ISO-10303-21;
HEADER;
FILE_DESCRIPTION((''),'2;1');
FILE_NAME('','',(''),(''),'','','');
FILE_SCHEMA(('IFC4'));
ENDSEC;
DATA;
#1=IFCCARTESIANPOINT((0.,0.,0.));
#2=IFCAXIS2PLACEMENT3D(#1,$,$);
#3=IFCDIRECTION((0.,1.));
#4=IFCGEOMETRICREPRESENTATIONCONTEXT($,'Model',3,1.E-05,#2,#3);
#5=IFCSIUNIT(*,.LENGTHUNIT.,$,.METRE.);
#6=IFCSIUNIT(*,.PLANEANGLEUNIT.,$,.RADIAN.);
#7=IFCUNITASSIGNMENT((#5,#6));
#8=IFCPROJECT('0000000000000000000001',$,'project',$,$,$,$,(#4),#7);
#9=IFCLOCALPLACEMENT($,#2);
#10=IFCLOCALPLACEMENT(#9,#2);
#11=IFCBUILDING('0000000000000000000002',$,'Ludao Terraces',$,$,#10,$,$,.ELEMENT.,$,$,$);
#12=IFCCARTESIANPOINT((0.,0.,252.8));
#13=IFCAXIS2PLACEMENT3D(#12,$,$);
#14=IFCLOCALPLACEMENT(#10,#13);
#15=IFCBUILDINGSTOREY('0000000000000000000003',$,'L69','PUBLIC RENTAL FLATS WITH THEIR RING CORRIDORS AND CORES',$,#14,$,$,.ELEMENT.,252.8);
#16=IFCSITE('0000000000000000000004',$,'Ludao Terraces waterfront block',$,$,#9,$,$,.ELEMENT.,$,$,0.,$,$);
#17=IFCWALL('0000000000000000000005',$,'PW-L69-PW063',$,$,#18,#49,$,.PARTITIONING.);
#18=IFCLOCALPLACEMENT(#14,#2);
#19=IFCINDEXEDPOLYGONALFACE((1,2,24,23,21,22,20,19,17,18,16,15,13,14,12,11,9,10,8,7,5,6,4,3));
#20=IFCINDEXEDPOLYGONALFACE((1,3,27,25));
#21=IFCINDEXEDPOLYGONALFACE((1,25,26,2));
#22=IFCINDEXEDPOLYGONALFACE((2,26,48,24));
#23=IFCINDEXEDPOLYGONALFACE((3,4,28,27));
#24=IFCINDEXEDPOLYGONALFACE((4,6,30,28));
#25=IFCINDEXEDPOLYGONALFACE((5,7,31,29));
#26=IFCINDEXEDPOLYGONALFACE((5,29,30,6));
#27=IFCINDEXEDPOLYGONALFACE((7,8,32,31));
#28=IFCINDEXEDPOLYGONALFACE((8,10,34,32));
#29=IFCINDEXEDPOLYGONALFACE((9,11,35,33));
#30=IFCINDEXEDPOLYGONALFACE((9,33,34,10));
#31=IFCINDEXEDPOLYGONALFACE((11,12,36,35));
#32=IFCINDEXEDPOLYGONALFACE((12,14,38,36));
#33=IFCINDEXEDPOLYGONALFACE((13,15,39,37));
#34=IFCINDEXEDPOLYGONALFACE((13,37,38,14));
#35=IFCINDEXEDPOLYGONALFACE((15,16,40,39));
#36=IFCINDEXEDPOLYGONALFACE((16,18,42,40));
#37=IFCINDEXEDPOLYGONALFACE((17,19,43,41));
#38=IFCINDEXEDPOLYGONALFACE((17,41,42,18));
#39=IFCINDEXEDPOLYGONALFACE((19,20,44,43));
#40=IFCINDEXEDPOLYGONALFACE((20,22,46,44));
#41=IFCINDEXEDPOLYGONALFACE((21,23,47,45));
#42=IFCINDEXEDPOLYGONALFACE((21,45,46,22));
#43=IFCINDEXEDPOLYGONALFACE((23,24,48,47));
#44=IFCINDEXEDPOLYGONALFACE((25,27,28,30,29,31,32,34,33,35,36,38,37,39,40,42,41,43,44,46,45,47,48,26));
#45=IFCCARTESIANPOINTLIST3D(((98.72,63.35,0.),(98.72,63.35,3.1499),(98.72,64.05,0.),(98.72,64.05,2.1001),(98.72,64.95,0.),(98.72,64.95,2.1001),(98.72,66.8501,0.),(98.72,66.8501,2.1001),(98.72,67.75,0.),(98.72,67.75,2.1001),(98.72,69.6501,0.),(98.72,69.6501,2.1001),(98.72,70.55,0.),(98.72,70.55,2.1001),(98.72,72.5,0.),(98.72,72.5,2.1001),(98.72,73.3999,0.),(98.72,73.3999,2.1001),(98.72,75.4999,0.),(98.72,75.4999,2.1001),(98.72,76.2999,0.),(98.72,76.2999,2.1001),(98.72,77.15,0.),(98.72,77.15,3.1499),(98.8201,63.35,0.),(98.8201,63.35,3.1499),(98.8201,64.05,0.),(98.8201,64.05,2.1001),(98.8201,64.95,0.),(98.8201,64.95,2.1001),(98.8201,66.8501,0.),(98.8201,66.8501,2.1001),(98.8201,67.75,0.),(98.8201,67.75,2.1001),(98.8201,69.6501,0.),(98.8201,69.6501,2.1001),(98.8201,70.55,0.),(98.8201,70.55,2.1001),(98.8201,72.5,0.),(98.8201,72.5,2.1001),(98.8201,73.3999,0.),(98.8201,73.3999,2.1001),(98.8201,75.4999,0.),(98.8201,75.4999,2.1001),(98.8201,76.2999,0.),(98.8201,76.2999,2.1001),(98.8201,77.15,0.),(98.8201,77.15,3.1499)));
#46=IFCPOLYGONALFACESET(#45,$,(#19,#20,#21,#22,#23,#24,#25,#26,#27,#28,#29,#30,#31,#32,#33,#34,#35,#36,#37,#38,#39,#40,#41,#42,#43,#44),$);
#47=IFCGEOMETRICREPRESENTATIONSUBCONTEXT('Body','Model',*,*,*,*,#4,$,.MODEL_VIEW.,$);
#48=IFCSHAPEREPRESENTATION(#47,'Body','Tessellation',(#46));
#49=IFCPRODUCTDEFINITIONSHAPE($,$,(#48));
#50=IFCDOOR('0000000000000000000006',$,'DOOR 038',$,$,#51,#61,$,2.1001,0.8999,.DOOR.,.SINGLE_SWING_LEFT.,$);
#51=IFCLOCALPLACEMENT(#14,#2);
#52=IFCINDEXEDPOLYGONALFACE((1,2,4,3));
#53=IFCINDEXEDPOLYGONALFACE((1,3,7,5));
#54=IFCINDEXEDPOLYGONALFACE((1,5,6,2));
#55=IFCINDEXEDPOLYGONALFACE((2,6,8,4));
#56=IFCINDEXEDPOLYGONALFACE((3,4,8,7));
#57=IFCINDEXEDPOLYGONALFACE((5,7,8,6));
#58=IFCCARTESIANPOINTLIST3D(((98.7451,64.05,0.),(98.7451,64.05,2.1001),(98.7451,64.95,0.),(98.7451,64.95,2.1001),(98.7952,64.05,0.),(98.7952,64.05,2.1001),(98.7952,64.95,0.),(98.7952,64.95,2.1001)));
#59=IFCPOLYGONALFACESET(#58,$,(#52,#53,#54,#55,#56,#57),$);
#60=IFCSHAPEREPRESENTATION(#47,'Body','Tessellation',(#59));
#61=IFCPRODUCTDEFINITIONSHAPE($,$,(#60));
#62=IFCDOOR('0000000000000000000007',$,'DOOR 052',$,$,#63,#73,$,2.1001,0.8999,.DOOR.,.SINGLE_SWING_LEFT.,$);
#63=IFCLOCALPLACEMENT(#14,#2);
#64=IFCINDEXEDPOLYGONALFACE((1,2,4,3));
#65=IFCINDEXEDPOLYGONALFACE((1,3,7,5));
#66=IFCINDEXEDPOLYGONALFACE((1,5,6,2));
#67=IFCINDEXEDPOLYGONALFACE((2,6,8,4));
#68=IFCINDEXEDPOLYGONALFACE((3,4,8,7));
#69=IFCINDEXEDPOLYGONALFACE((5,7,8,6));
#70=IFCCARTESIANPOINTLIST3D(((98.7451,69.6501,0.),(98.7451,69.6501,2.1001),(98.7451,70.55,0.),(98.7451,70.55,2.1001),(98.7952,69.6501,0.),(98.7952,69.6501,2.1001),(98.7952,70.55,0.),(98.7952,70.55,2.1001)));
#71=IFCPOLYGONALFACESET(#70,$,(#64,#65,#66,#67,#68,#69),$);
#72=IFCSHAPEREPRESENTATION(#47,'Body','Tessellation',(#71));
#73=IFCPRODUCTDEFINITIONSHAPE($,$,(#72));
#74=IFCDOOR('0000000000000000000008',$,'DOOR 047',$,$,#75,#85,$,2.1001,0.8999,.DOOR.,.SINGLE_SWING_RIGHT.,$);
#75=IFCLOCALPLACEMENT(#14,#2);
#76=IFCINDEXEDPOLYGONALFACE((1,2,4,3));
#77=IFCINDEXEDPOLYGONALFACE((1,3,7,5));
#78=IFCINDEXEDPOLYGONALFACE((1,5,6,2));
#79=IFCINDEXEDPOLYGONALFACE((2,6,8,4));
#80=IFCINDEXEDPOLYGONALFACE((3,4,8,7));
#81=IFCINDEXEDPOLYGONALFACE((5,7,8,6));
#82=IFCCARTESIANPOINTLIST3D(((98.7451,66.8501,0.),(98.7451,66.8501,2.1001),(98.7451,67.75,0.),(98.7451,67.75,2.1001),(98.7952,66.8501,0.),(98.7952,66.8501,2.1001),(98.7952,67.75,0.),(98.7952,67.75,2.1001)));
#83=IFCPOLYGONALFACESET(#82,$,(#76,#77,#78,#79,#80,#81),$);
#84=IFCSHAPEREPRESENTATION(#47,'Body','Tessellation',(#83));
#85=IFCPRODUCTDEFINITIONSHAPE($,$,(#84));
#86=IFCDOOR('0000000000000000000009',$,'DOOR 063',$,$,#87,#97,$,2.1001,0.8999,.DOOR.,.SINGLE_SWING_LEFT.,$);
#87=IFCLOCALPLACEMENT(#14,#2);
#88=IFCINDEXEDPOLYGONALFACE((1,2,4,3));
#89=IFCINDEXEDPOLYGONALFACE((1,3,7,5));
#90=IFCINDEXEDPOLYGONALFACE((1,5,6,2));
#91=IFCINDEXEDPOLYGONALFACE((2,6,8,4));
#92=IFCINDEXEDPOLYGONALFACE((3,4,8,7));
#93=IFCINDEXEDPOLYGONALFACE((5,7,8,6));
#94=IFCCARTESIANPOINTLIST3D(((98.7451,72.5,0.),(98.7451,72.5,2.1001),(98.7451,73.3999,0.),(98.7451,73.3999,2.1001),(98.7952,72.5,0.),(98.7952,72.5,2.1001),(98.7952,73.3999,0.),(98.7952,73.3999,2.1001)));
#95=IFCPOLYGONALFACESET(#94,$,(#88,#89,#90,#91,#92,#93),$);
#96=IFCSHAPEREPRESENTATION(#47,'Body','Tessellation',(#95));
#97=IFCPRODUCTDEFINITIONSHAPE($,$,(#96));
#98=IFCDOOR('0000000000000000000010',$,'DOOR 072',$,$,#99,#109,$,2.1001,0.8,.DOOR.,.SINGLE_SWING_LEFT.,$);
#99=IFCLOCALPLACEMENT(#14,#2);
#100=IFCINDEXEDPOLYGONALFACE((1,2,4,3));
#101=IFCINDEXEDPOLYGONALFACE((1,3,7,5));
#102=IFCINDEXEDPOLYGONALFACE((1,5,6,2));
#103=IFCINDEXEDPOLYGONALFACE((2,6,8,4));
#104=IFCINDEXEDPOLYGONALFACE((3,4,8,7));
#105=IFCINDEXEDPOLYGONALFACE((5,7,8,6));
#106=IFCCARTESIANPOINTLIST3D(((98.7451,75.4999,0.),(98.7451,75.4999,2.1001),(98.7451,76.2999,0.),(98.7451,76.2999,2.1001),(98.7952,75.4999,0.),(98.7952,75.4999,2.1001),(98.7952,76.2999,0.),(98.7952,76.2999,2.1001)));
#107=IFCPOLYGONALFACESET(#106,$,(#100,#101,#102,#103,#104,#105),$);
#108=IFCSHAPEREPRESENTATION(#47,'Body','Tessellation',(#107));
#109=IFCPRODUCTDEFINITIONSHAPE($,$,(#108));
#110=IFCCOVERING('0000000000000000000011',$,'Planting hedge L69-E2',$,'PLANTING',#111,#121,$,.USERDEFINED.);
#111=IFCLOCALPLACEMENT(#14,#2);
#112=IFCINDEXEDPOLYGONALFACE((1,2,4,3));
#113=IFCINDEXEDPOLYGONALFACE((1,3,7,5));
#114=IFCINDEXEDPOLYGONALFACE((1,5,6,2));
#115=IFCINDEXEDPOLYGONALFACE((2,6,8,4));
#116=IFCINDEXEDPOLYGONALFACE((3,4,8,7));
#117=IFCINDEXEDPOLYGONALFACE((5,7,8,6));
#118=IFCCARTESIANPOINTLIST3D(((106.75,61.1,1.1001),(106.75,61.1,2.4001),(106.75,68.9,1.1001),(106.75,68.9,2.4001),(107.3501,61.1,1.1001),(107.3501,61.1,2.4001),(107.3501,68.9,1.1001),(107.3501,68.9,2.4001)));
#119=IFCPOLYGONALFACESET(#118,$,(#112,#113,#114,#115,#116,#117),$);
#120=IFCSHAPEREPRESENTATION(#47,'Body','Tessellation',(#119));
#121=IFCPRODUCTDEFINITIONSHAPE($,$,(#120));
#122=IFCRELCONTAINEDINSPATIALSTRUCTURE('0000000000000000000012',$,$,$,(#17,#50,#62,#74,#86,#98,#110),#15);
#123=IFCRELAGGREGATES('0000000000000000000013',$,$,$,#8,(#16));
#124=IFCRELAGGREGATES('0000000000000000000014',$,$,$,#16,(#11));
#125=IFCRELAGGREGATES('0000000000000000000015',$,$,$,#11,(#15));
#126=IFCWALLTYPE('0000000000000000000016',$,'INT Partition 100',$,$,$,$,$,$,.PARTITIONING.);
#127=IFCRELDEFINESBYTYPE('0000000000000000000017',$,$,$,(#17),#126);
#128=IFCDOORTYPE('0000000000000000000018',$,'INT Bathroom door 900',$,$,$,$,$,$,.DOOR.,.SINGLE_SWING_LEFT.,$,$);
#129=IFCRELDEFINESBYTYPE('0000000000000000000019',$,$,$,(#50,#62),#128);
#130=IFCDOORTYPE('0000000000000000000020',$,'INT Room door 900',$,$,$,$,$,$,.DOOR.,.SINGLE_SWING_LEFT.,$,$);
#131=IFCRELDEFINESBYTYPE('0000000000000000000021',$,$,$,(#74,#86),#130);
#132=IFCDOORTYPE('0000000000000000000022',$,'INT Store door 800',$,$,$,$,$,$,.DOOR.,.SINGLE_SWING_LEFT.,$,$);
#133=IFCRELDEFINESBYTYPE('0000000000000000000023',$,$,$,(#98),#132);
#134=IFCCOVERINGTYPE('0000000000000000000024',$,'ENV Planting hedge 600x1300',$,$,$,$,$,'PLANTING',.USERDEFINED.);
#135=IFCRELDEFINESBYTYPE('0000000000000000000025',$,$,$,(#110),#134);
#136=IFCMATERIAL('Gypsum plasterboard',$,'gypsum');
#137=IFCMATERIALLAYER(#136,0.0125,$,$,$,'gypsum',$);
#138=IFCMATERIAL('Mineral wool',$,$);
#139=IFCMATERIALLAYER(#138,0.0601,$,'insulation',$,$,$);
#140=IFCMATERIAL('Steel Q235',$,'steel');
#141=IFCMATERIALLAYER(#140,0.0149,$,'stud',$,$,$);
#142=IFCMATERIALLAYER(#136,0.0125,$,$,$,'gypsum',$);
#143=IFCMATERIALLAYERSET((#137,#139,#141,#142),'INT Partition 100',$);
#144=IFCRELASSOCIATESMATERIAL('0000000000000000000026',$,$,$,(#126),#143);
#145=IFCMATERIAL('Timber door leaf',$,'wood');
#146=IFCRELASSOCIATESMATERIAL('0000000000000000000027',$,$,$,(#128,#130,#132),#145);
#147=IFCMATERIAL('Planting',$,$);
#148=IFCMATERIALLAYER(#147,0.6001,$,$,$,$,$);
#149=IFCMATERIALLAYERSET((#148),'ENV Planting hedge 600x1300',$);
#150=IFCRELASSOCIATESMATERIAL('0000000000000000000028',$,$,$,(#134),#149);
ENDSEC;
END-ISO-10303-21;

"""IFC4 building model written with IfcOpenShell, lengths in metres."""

from ifc_helpers import new_model, si_unit, direction, frame, frame_2d, origin, origin_2d, place, context, subcontext, project, spatial, rectangle, extrude, material, layer, layer_set, type_object, element, fill, save


model = new_model("IFC4")

# Units and contexts
model_context = context("Model", 3, precision=1e-05, world=origin(), true_north=direction((0.0, 1.0)))
body_context = subcontext(model_context, "Body", "Model", "MODEL_VIEW")
ifc_project = project(units=[si_unit("LENGTHUNIT", "METRE"), si_unit("PLANEANGLEUNIT", "RADIAN")], contexts=[model_context])

# Site, building, storey
site_placement = place(None, origin())
site = spatial("IfcSite", under=ifc_project, at=site_placement, Name="Ludao Terraces waterfront block", CompositionType="ELEMENT", RefElevation=0.0)
building_placement = place(site_placement, origin())
building = spatial("IfcBuilding", under=site, at=building_placement, Name="Ludao Terraces", CompositionType="ELEMENT")
storey_placement = place(building_placement, frame((0.0, 0.0, 252.8)))
storey = spatial("IfcBuildingStorey", under=building, at=storey_placement, Name="L69", Description="PUBLIC RENTAL FLATS WITH THEIR RING CORRIDORS AND CORES", CompositionType="ELEMENT", Elevation=252.8)

# Shared definitions
ifc_material_1 = material(Name="Mineral wool")

# Shared definitions
ifc_material_2 = material(Name="Gypsum plasterboard", Category="gypsum")
ifc_layer_1 = layer(ifc_material_2, 0.0125, Category="gypsum")
ifc_layer_2 = layer(ifc_material_1, 0.0601, Name="insulation")
ifc_material_3 = material(Name="Steel Q235", Category="steel")
ifc_layer_3 = layer(ifc_material_3, 0.0149, Name="stud")
ifc_layer_4 = layer(ifc_material_2, 0.0125, Category="gypsum")
ifc_layer_set_1 = layer_set([ifc_layer_1, ifc_layer_2, ifc_layer_3, ifc_layer_4], Name="INT Partition 100")
wall_type_1 = type_object("IfcWallType", Name="INT Partition 100", PredefinedType="PARTITIONING", material=ifc_layer_set_1)

# Wall, openings, doors
wall_1_placement = place(storey_placement, frame((98.77, 63.3501, 0.0), z_axis=(0.0, 0.0, 1.0), x_axis=(0.0, 1.0, 0.0)))
wall_1 = element("IfcWall", 1, at=wall_1_placement, inside=storey, type_object=wall_type_1, Name="PW-L69-PW063", PredefinedType="PARTITIONING", context=body_context, shape_type="SweptSolid", body=[
    extrude(rectangle(XDim=13.8, YDim=0.1001, at=frame_2d((6.8999, 0.0))), origin(), (0.0, 0.0, 1.0), 3.1499),
])
opening_1_placement = place(wall_1_placement, frame((0.7, 0.0, 0.0)))
opening_1 = element("IfcOpeningElement", 2, at=opening_1_placement, cuts=wall_1, PredefinedType="OPENING", context=body_context, shape_type="SweptSolid", body=[
    extrude(rectangle(XDim=0.8999, YDim=2.1001, at=frame_2d((0.45, 1.05))), frame((0.0, 0.0601, 0.0), z_axis=(0.0, -1.0, 0.0), x_axis=(1.0, 0.0, 0.0)), (0.0, 0.0, 1.0), 0.1201),
])
opening_2_placement = place(wall_1_placement, frame((3.5, 0.0, 0.0)))
opening_2 = element("IfcOpeningElement", 3, at=opening_2_placement, cuts=wall_1, PredefinedType="OPENING", context=body_context, shape_type="SweptSolid", body=[
    extrude(rectangle(XDim=0.8999, YDim=2.1001, at=frame_2d((0.45, 1.05))), frame((0.0, 0.0601, 0.0), z_axis=(0.0, -1.0, 0.0), x_axis=(1.0, 0.0, 0.0)), (0.0, 0.0, 1.0), 0.1201),
])
opening_3_placement = place(wall_1_placement, frame((6.3, 0.0, 0.0)))
opening_3 = element("IfcOpeningElement", 4, at=opening_3_placement, cuts=wall_1, PredefinedType="OPENING", context=body_context, shape_type="SweptSolid", body=[
    extrude(rectangle(XDim=0.8999, YDim=2.1001, at=frame_2d((0.45, 1.05))), frame((0.0, 0.0601, 0.0), z_axis=(0.0, -1.0, 0.0), x_axis=(1.0, 0.0, 0.0)), (0.0, 0.0, 1.0), 0.1201),
])
opening_4_placement = place(wall_1_placement, frame((9.1499, 0.0, 0.0)))
opening_4 = element("IfcOpeningElement", 5, at=opening_4_placement, cuts=wall_1, PredefinedType="OPENING", context=body_context, shape_type="SweptSolid", body=[
    extrude(rectangle(XDim=0.8999, YDim=2.1001, at=frame_2d((0.45, 1.05))), frame((0.0, 0.0601, 0.0), z_axis=(0.0, -1.0, 0.0), x_axis=(1.0, 0.0, 0.0)), (0.0, 0.0, 1.0), 0.1201),
])
opening_5_placement = place(wall_1_placement, frame((12.1499, 0.0, 0.0)))
opening_5 = element("IfcOpeningElement", 6, at=opening_5_placement, cuts=wall_1, PredefinedType="OPENING", context=body_context, shape_type="SweptSolid", body=[
    extrude(rectangle(XDim=0.8, YDim=2.1001, at=frame_2d((0.3999, 1.05))), frame((0.0, 0.0601, 0.0), z_axis=(0.0, -1.0, 0.0), x_axis=(1.0, 0.0, 0.0)), (0.0, 0.0, 1.0), 0.1201),
])
ifc_material_4 = material(Name="Timber door leaf", Category="wood")
door_type_1 = type_object("IfcDoorType", Name="INT Bathroom door 900", OperationType="SINGLE_SWING_LEFT", PredefinedType="DOOR", material=ifc_material_4)
door_1_placement = place(opening_1_placement, origin())
door_1 = element("IfcDoor", 7, at=door_1_placement, inside=storey, type_object=door_type_1, Name="DOOR 038", OperationType="SINGLE_SWING_LEFT", OverallHeight=2.1001, OverallWidth=0.8999, PredefinedType="DOOR", context=body_context, shape_type="SweptSolid", body=[
    extrude(rectangle(XDim=0.8999, YDim=2.1001, at=frame_2d((0.45, 1.05))), frame((0.0, 0.0249, 0.0), z_axis=(0.0, -1.0, 0.0), x_axis=(1.0, 0.0, 0.0)), (0.0, 0.0, 1.0), 0.05),
])
fill(opening_1, door_1)
door_2_placement = place(opening_3_placement, origin())
door_2 = element("IfcDoor", 8, at=door_2_placement, inside=storey, type_object=door_type_1, Name="DOOR 052", OperationType="SINGLE_SWING_LEFT", OverallHeight=2.1001, OverallWidth=0.8999, PredefinedType="DOOR", context=body_context, shape_type="SweptSolid", body=[
    extrude(rectangle(XDim=0.8999, YDim=2.1001, at=frame_2d((0.45, 1.05))), frame((0.0, 0.0249, 0.0), z_axis=(0.0, -1.0, 0.0), x_axis=(1.0, 0.0, 0.0)), (0.0, 0.0, 1.0), 0.05),
])
fill(opening_3, door_2)
door_type_2 = type_object("IfcDoorType", Name="INT Room door 900", OperationType="SINGLE_SWING_LEFT", PredefinedType="DOOR", material=ifc_material_4)
door_3_placement = place(opening_2_placement, origin())
door_3 = element("IfcDoor", 9, at=door_3_placement, inside=storey, type_object=door_type_2, Name="DOOR 047", OperationType="SINGLE_SWING_RIGHT", OverallHeight=2.1001, OverallWidth=0.8999, PredefinedType="DOOR", context=body_context, shape_type="SweptSolid", body=[
    extrude(rectangle(XDim=0.8999, YDim=2.1001, at=frame_2d((0.45, 1.05))), frame((0.0, 0.0249, 0.0), z_axis=(0.0, -1.0, 0.0), x_axis=(1.0, 0.0, 0.0)), (0.0, 0.0, 1.0), 0.05),
])
fill(opening_2, door_3)
door_4_placement = place(opening_4_placement, origin())
door_4 = element("IfcDoor", 10, at=door_4_placement, inside=storey, type_object=door_type_2, Name="DOOR 063", OperationType="SINGLE_SWING_LEFT", OverallHeight=2.1001, OverallWidth=0.8999, PredefinedType="DOOR", context=body_context, shape_type="SweptSolid", body=[
    extrude(rectangle(XDim=0.8999, YDim=2.1001, at=frame_2d((0.45, 1.05))), frame((0.0, 0.0249, 0.0), z_axis=(0.0, -1.0, 0.0), x_axis=(1.0, 0.0, 0.0)), (0.0, 0.0, 1.0), 0.05),
])
fill(opening_4, door_4)
door_type_3 = type_object("IfcDoorType", Name="INT Store door 800", OperationType="SINGLE_SWING_LEFT", PredefinedType="DOOR", material=ifc_material_4)
door_5_placement = place(opening_5_placement, origin())
door_5 = element("IfcDoor", 11, at=door_5_placement, inside=storey, type_object=door_type_3, Name="DOOR 072", OperationType="SINGLE_SWING_LEFT", OverallHeight=2.1001, OverallWidth=0.8, PredefinedType="DOOR", context=body_context, shape_type="SweptSolid", body=[
    extrude(rectangle(XDim=0.8, YDim=2.1001, at=frame_2d((0.3999, 1.05))), frame((0.0, 0.0249, 0.0), z_axis=(0.0, -1.0, 0.0), x_axis=(1.0, 0.0, 0.0)), (0.0, 0.0, 1.0), 0.05),
])
fill(opening_5, door_5)

# Covering
ifc_material_5 = material(Name="Planting")
ifc_layer_5 = layer(ifc_material_5, 0.6001)
ifc_layer_set_2 = layer_set([ifc_layer_5], Name="ENV Planting hedge 600x1300")
covering_type = type_object("IfcCoveringType", Name="ENV Planting hedge 600x1300", ElementType="PLANTING", PredefinedType="USERDEFINED", material=ifc_layer_set_2)
covering_placement = place(storey_placement, frame((107.05, 65.0, 1.1001), z_axis=(0.0, 0.0, 1.0), x_axis=(1.0, 0.0, 0.0)))
element("IfcCovering", 12, at=covering_placement, inside=storey, type_object=covering_type, Name="Planting hedge L69-E2", ObjectType="PLANTING", PredefinedType="USERDEFINED", context=body_context, shape_type="SweptSolid", body=[
    extrude(rectangle(XDim=0.6001, YDim=7.8, at=origin_2d()), origin(), (0.0, 0.0, 1.0), 1.3),
])

save(model, "model.ifc")
